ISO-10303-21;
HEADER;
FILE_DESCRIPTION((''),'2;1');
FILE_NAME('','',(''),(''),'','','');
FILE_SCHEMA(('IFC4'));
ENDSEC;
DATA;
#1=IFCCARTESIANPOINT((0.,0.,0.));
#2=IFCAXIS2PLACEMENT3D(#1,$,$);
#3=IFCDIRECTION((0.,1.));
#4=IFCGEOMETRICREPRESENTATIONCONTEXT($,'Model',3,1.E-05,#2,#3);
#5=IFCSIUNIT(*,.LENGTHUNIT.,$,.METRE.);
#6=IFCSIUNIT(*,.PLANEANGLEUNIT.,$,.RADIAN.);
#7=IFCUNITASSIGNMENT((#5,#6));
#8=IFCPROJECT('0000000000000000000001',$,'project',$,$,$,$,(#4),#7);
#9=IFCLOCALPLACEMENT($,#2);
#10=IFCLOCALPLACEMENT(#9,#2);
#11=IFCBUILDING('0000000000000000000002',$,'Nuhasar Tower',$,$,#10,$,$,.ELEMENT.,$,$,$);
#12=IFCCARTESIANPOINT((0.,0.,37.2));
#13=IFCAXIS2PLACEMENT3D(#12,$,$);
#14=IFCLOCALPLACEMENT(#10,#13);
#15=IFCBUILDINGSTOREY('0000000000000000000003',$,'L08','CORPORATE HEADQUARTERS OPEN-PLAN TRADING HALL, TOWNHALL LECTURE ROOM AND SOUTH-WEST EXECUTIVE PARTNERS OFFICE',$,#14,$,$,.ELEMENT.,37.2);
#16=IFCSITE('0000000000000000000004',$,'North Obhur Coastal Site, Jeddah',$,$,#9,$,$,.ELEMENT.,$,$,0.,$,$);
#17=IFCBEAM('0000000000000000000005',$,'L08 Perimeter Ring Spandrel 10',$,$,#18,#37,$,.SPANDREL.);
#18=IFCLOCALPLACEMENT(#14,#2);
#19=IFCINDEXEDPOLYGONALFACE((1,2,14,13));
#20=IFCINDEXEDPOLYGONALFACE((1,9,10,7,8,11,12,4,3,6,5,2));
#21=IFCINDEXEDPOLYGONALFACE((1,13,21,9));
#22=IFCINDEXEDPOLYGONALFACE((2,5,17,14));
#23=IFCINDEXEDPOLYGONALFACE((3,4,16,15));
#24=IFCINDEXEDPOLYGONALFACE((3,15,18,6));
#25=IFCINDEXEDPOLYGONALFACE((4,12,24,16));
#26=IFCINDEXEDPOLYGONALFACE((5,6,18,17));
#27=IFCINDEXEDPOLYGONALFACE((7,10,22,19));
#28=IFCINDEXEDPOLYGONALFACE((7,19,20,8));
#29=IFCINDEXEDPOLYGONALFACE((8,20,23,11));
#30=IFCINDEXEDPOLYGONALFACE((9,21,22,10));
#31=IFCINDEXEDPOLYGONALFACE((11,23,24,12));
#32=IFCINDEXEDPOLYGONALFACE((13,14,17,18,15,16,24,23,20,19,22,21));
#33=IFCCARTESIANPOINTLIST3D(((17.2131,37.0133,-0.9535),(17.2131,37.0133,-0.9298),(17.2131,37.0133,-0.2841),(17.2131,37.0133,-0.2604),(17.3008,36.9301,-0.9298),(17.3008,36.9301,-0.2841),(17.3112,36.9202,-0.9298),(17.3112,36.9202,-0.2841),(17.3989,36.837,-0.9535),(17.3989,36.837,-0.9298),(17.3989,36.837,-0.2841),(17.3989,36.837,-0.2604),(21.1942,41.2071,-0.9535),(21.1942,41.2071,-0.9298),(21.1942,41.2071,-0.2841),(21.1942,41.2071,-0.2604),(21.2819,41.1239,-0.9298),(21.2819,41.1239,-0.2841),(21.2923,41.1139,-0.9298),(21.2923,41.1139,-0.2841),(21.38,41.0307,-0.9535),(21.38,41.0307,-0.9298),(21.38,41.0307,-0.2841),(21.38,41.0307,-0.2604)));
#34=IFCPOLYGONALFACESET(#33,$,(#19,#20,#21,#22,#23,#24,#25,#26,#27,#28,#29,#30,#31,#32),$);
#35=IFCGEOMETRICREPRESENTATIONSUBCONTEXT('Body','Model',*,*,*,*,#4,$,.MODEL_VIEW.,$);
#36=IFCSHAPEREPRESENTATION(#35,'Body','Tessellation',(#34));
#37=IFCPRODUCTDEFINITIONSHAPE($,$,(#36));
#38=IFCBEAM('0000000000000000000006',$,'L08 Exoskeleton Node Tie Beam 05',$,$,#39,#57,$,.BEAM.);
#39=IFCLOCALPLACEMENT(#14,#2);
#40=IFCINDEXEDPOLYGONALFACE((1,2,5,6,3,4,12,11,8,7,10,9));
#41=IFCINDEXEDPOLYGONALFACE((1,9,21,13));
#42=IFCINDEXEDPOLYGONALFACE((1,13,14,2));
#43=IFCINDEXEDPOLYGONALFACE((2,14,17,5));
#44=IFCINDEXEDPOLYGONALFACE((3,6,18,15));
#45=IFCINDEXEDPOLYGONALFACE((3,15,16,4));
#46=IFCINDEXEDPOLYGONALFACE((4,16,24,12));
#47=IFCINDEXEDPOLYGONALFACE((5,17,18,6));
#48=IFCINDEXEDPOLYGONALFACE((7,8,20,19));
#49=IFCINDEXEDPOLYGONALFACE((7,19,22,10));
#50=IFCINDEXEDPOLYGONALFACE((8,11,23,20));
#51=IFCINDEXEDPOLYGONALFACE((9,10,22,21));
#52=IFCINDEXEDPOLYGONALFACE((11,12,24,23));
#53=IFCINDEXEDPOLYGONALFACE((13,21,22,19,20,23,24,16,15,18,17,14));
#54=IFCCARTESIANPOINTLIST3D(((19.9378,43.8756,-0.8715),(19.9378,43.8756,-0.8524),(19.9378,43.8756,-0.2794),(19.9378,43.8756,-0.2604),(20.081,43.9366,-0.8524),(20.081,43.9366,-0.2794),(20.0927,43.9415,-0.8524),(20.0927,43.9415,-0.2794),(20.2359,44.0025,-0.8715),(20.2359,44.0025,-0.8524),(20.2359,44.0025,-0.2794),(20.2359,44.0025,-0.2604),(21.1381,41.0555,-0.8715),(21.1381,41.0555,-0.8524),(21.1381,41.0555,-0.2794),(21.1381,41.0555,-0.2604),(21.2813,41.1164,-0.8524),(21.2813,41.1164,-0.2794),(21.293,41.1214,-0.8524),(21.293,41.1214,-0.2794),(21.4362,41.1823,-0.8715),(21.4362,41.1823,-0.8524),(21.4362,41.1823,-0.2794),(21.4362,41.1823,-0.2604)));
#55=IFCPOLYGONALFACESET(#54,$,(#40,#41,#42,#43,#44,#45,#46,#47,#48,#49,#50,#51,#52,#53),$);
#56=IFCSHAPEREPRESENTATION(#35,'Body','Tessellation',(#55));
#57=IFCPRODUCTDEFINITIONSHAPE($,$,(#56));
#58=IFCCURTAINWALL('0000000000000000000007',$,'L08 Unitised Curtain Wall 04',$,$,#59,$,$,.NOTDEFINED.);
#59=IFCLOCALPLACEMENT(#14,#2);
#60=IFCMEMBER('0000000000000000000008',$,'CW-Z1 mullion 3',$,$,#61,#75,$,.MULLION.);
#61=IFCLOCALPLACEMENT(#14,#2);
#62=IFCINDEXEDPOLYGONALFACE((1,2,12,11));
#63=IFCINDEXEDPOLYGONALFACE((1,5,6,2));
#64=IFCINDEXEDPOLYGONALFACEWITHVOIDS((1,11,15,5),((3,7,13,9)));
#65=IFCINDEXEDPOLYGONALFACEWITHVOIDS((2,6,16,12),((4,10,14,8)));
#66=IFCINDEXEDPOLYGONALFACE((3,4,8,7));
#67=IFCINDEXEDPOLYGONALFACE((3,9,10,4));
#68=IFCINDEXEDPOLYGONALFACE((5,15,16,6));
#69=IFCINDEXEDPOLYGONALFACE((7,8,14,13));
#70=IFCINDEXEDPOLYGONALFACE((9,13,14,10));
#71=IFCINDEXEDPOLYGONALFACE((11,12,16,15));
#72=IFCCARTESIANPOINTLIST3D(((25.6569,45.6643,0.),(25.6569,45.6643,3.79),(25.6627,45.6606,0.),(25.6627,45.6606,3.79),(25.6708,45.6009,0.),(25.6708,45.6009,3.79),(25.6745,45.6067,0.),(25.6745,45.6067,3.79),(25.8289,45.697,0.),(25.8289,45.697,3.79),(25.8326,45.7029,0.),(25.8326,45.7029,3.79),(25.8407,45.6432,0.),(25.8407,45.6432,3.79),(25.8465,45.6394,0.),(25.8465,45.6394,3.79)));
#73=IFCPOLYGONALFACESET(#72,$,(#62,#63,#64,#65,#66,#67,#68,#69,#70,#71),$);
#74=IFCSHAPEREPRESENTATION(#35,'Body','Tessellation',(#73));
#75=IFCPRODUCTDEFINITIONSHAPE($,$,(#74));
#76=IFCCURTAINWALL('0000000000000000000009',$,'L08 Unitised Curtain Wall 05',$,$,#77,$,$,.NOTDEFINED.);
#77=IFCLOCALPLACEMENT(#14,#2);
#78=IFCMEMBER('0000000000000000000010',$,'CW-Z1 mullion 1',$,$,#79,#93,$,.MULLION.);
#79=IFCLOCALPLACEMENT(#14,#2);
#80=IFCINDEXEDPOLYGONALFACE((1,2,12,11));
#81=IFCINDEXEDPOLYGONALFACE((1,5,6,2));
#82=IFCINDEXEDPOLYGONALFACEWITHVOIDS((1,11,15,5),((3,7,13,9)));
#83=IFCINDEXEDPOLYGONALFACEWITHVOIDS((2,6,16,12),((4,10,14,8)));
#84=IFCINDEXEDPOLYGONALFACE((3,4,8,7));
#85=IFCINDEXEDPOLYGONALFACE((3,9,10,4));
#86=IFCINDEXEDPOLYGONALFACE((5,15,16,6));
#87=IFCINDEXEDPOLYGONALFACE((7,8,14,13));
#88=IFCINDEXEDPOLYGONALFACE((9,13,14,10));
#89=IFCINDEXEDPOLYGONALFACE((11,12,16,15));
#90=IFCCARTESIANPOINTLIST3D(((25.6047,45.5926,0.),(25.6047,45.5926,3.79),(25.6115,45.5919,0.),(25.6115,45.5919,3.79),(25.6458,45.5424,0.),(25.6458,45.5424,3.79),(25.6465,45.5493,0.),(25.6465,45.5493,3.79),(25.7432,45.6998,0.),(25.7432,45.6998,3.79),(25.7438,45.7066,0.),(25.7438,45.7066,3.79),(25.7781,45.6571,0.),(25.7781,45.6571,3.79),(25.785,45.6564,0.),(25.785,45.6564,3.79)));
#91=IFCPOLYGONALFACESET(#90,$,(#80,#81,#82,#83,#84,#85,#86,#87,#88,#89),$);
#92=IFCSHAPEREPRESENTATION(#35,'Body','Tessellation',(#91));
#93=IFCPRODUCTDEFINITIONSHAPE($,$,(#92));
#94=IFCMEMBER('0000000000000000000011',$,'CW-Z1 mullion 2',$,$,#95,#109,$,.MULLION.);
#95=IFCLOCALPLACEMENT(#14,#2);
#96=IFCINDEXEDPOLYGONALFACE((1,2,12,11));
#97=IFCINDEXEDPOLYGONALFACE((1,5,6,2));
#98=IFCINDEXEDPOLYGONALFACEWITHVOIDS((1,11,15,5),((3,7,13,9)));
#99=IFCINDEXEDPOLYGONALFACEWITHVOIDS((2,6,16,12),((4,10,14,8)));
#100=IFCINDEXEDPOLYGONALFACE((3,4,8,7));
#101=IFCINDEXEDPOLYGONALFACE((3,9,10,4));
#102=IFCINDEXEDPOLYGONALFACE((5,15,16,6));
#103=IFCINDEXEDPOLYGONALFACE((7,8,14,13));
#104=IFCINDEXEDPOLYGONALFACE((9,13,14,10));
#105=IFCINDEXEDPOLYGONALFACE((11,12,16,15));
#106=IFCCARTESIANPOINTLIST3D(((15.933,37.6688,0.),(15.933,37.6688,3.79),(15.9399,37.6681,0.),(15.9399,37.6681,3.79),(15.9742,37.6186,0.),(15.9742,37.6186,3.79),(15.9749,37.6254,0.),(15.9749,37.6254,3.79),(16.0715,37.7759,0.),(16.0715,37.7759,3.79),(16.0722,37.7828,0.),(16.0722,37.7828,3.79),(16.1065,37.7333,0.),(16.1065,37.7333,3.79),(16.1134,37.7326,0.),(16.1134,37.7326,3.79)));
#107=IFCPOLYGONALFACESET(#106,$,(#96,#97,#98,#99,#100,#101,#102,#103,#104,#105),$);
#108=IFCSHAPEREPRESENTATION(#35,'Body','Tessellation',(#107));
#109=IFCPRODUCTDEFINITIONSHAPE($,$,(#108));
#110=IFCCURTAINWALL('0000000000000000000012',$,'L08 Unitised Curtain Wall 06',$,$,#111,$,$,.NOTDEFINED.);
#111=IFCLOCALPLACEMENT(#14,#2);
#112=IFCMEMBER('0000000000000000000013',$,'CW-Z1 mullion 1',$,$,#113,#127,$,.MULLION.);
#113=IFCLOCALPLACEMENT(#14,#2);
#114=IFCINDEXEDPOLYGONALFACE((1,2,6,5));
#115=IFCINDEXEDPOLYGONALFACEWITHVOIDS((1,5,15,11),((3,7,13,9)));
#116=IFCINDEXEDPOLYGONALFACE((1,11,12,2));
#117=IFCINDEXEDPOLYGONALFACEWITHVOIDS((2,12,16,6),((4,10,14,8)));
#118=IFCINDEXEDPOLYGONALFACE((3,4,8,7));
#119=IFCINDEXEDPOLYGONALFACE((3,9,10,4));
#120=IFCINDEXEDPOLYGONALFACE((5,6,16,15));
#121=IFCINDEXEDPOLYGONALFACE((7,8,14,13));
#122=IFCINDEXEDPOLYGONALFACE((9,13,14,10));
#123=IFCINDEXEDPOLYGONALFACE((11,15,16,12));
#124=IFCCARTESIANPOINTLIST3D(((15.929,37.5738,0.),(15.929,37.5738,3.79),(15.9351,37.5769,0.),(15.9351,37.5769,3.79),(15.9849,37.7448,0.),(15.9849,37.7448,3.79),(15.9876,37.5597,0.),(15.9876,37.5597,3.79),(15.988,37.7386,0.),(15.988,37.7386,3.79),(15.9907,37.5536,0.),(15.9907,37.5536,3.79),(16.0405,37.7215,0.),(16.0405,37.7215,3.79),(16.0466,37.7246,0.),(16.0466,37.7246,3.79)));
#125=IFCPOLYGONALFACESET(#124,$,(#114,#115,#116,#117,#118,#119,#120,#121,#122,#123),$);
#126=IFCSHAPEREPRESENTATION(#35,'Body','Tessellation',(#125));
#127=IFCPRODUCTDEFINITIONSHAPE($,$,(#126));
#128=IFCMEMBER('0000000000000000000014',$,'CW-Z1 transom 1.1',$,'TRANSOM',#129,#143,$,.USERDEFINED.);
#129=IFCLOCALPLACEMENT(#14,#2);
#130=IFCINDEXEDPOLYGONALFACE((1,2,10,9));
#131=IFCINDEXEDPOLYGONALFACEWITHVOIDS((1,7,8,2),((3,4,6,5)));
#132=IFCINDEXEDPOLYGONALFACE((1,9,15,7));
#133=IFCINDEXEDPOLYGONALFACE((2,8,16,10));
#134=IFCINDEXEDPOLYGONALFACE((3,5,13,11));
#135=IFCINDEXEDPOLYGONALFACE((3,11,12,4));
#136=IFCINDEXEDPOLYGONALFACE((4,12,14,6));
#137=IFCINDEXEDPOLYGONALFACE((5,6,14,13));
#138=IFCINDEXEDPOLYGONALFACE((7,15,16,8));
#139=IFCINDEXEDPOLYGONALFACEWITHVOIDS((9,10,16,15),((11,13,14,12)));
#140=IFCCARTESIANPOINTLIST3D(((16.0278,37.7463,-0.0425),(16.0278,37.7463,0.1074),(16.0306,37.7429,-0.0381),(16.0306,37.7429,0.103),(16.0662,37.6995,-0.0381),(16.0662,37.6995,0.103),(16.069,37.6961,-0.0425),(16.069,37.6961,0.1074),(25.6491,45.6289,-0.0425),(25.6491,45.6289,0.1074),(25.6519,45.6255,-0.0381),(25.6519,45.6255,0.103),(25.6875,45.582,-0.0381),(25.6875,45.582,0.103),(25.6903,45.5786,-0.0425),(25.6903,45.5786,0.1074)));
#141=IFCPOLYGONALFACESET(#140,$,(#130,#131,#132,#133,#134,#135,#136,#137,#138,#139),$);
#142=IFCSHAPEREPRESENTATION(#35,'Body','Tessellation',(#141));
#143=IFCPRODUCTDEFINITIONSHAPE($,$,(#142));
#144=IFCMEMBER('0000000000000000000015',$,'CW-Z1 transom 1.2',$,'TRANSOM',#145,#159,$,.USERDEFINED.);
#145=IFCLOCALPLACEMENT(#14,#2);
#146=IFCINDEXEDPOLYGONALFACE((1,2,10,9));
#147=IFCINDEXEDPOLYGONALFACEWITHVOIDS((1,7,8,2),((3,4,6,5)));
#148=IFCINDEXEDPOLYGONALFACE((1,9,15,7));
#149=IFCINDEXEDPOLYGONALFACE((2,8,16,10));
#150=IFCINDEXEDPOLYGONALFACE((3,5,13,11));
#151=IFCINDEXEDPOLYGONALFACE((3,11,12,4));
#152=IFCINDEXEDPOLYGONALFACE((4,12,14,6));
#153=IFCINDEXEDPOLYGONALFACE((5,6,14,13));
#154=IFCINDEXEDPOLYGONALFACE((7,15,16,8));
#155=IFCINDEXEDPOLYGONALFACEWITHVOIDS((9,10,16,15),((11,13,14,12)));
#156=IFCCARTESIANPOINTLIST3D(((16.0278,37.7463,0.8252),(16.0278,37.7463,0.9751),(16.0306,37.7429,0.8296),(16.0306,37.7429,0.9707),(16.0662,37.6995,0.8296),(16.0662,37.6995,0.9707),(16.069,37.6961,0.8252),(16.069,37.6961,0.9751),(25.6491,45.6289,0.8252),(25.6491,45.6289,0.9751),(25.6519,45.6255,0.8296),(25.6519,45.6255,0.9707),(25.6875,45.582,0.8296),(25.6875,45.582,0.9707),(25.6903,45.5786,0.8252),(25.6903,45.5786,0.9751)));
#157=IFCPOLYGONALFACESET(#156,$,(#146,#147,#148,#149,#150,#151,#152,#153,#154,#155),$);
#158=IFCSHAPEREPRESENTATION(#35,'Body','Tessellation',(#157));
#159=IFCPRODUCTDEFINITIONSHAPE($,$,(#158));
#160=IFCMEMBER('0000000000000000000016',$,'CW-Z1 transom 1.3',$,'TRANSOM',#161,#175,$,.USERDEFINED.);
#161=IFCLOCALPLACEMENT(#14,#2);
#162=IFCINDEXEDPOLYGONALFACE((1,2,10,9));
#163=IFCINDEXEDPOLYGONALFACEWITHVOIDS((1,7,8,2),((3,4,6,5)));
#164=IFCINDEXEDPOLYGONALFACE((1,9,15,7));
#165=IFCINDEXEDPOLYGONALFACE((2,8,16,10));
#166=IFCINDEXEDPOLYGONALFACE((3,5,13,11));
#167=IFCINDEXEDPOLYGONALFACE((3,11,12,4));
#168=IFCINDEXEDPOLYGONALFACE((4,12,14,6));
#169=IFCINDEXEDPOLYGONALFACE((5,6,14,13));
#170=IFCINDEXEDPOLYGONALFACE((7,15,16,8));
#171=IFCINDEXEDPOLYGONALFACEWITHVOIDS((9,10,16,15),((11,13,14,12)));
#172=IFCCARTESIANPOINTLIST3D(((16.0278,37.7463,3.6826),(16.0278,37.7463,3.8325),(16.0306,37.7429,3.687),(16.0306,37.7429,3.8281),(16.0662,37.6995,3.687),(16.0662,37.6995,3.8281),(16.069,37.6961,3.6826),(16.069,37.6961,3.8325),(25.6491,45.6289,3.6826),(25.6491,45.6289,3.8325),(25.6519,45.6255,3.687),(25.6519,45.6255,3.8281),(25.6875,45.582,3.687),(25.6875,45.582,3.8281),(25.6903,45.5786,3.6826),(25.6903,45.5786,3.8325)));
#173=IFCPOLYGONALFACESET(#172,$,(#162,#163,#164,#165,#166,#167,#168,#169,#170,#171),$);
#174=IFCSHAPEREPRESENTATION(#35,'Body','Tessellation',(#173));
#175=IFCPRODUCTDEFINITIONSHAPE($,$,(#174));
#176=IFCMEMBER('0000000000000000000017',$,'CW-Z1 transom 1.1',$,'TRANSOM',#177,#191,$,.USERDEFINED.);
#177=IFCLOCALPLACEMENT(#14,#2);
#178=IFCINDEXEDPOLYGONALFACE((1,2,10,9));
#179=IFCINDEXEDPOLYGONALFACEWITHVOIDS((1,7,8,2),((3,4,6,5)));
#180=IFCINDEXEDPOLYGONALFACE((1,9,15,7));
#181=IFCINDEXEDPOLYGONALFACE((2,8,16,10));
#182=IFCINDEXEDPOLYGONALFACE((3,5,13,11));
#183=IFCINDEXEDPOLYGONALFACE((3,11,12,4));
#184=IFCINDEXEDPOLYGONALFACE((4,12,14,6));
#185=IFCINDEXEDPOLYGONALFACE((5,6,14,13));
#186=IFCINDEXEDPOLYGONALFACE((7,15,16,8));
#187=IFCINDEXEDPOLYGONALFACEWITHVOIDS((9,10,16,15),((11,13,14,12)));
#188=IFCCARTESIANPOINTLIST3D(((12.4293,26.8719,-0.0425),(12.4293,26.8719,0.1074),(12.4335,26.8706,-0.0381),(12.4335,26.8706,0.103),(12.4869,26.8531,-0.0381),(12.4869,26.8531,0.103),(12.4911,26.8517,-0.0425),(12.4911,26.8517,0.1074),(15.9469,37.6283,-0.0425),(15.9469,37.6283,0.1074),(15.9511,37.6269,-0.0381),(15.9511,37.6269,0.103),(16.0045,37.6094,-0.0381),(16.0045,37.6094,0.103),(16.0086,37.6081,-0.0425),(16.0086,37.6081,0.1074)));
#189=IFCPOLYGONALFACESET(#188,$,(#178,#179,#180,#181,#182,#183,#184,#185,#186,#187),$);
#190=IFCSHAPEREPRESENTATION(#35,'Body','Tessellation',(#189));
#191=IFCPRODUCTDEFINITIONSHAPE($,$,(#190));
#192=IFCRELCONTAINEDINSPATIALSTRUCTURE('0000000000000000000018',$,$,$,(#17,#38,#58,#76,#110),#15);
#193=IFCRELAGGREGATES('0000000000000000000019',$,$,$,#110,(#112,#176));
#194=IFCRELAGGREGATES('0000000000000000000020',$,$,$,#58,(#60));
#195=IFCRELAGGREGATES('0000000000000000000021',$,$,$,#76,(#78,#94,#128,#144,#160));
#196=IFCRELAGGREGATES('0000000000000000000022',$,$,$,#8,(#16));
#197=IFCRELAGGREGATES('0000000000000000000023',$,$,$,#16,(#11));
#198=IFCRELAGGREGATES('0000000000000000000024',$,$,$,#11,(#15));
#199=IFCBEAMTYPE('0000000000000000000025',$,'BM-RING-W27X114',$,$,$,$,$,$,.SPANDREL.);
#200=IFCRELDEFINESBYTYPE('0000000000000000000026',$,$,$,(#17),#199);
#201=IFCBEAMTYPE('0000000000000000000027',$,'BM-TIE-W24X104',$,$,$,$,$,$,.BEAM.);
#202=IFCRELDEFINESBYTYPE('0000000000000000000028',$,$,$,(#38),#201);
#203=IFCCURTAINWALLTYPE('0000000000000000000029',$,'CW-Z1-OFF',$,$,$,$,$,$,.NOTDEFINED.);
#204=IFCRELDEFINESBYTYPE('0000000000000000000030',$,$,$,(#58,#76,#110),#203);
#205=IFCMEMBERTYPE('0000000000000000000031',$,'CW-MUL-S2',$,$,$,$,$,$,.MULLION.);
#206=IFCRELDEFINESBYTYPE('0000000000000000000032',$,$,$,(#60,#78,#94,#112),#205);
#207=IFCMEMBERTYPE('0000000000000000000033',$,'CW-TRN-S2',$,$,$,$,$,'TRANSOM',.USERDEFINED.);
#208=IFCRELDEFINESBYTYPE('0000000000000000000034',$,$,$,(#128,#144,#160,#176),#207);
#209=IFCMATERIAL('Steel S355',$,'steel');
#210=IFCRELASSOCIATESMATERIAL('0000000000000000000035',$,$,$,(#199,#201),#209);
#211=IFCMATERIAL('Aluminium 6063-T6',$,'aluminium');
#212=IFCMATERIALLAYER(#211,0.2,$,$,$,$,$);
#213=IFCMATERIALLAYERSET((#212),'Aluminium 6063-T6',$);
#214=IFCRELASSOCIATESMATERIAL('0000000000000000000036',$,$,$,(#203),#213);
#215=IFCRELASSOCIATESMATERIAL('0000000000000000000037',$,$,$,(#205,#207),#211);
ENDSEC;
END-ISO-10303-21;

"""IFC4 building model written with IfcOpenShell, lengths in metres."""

from ifc_helpers import new_model, si_unit, direction, frame, origin, origin_2d, place, context, subcontext, project, spatial, hollow_rectangle, i_section, extrude, material, layer, layer_set, material_profile, profile_set, type_object, element, aggregate, save


model = new_model("IFC4")

# Units and contexts
model_context = context("Model", 3, precision=1e-05, world=origin(), true_north=direction((0.0, 1.0)))
body_context = subcontext(model_context, "Body", "Model", "MODEL_VIEW")
ifc_project = project(units=[si_unit("LENGTHUNIT", "METRE"), si_unit("PLANEANGLEUNIT", "RADIAN")], contexts=[model_context])

# Site, building, storey
site_placement = place(None, origin())
site = spatial("IfcSite", under=ifc_project, at=site_placement, Name="North Obhur Coastal Site, Jeddah", CompositionType="ELEMENT", RefElevation=0.0)
building_placement = place(site_placement, origin())
building = spatial("IfcBuilding", under=site, at=building_placement, Name="Nuhasar Tower", CompositionType="ELEMENT")
storey_placement = place(building_placement, frame((0.0, 0.0, 37.2)))
storey = spatial("IfcBuildingStorey", under=building, at=storey_placement, Name="L08", Description="CORPORATE HEADQUARTERS OPEN-PLAN TRADING HALL, TOWNHALL LECTURE ROOM AND SOUTH-WEST EXECUTIVE PARTNERS OFFICE", CompositionType="ELEMENT", Elevation=37.2)

# Beams
ifc_material_1 = material(Name="Steel S355", Category="steel")
ifc_material_profile_1 = material_profile(ifc_material_1, i_section(OverallWidth=0.2561, OverallDepth=0.6931, WebThickness=0.0144, FlangeThickness=0.0237, at=origin_2d()), Name="W27X114")
ifc_profile_set_1 = profile_set([ifc_material_profile_1], Name="Steel S355")
beam_type_1 = type_object("IfcBeamType", Name="BM-RING-W27X114", PredefinedType="SPANDREL", material=ifc_profile_set_1)
beam_1_placement = place(storey_placement, frame((21.2871, 41.1189, -0.6069), z_axis=(-0.688481, -0.725254, 0.0), x_axis=(0.725254, -0.688481, 0.0)))
element("IfcBeam", 1, at=beam_1_placement, inside=storey, type_object=beam_type_1, Name="L08 Perimeter Ring Spandrel 10", PredefinedType="SPANDREL", context=body_context, shape_type="SweptSolid", body=[
    extrude(i_section(OverallWidth=0.2561, OverallDepth=0.6931, WebThickness=0.0144, FlangeThickness=0.0237, at=origin_2d()), origin(), (0.0, 0.0, 1.0), 5.7825),
])
ifc_material_profile_2 = material_profile(ifc_material_1, i_section(OverallWidth=0.324, OverallDepth=0.6111, WebThickness=0.0127, FlangeThickness=0.019, at=origin_2d()), Name="W24X104")
ifc_profile_set_2 = profile_set([ifc_material_profile_2], Name="Steel S355")
beam_type_2 = type_object("IfcBeamType", Name="BM-TIE-W24X104", PredefinedType="BEAM", material=ifc_profile_set_2)
beam_2_placement = place(storey_placement, frame((21.2871, 41.1189, -0.5659), z_axis=(-0.391601, 0.920135, 0.0), x_axis=(-0.920135, -0.391601, 0.0)))
element("IfcBeam", 2, at=beam_2_placement, inside=storey, type_object=beam_type_2, Name="L08 Exoskeleton Node Tie Beam 05", PredefinedType="BEAM", context=body_context, shape_type="SweptSolid", body=[
    extrude(i_section(OverallWidth=0.324, OverallDepth=0.6111, WebThickness=0.0127, FlangeThickness=0.019, at=origin_2d()), origin(), (0.0, 0.0, 1.0), 3.0649),
])

# Curtain wall, member
ifc_material_2 = material(Name="Aluminium 6063-T6", Category="aluminium")
ifc_layer_1 = layer(ifc_material_2, 0.2)
ifc_layer_set_1 = layer_set([ifc_layer_1], Name="Aluminium 6063-T6")
curtain_wall_type = type_object("IfcCurtainWallType", Name="CW-Z1-OFF", PredefinedType="NOTDEFINED", material=ifc_layer_set_1)
curtain_wall_1_placement = place(storey_placement, origin())
curtain_wall_1 = element("IfcCurtainWall", 3, at=curtain_wall_1_placement, inside=storey, type_object=curtain_wall_type, Name="L08 Unitised Curtain Wall 04", PredefinedType="NOTDEFINED")
ifc_material_profile_3 = material_profile(ifc_material_2, hollow_rectangle(XDim=0.0649, YDim=0.1799, WallThickness=0.0049, at=origin_2d()), Name="CWM-2")
ifc_profile_set_3 = profile_set([ifc_material_profile_3], Name="Aluminium 6063-T6")
member_type_1 = type_object("IfcMemberType", Name="CW-MUL-S2", PredefinedType="MULLION", material=ifc_profile_set_3)
member_1_placement = place(storey_placement, frame((25.7517, 45.6519, 0.0), z_axis=(0.0, 0.0, 1.0), x_axis=(0.214399, -0.976746, 0.0)))
member_1 = element("IfcMember", 4, at=member_1_placement, type_object=member_type_1, Name="CW-Z1 mullion 3", PredefinedType="MULLION", context=body_context, shape_type="SweptSolid", body=[
    extrude(hollow_rectangle(XDim=0.0649, YDim=0.1799, WallThickness=0.0049, at=origin_2d()), origin(), (0.0, 0.0, 1.0), 3.79),
])

# Curtain wall, members
curtain_wall_2_placement = place(storey_placement, origin())
curtain_wall_2 = element("IfcCurtainWall", 5, at=curtain_wall_2_placement, inside=storey, type_object=curtain_wall_type, Name="L08 Unitised Curtain Wall 05", PredefinedType="NOTDEFINED")
member_2_placement = place(storey_placement, frame((25.6948, 45.6245, 0.0), z_axis=(0.0, 0.0, 1.0), x_axis=(0.633745, -0.773542, 0.0)))
member_2 = element("IfcMember", 6, at=member_2_placement, type_object=member_type_1, Name="CW-Z1 mullion 1", PredefinedType="MULLION", context=body_context, shape_type="SweptSolid", body=[
    extrude(hollow_rectangle(XDim=0.0649, YDim=0.1799, WallThickness=0.0049, at=origin_2d()), origin(), (0.0, 0.0, 1.0), 3.79),
])
member_3_placement = place(storey_placement, frame((16.0232, 37.7007, 0.0), z_axis=(0.0, 0.0, 1.0), x_axis=(0.633745, -0.773542, 0.0)))
member_3 = element("IfcMember", 7, at=member_3_placement, type_object=member_type_1, Name="CW-Z1 mullion 2", PredefinedType="MULLION", context=body_context, shape_type="SweptSolid", body=[
    extrude(hollow_rectangle(XDim=0.0649, YDim=0.1799, WallThickness=0.0049, at=origin_2d()), origin(), (0.0, 0.0, 1.0), 3.79),
])

# Curtain wall, member
curtain_wall_3_placement = place(storey_placement, origin())
curtain_wall_3 = element("IfcCurtainWall", 8, at=curtain_wall_3_placement, inside=storey, type_object=curtain_wall_type, Name="L08 Unitised Curtain Wall 06", PredefinedType="NOTDEFINED")
member_4_placement = place(storey_placement, frame((15.9878, 37.6492, 0.0), z_axis=(0.0, 0.0, 1.0), x_axis=(0.950468, -0.310824, 0.0)))
member_4 = element("IfcMember", 9, at=member_4_placement, type_object=member_type_1, Name="CW-Z1 mullion 1", PredefinedType="MULLION", context=body_context, shape_type="SweptSolid", body=[
    extrude(hollow_rectangle(XDim=0.0649, YDim=0.1799, WallThickness=0.0049, at=origin_2d()), origin(), (0.0, 0.0, 1.0), 3.79),
])

# Members
ifc_material_profile_4 = material_profile(ifc_material_2, hollow_rectangle(XDim=0.0649, YDim=0.1499, WallThickness=0.0044, at=origin_2d()), Name="CWT-2")
ifc_profile_set_4 = profile_set([ifc_material_profile_4], Name="Aluminium 6063-T6")
member_type_2 = type_object("IfcMemberType", Name="CW-TRN-S2", ElementType="TRANSOM", PredefinedType="USERDEFINED", material=ifc_profile_set_4)
member_5_placement = place(storey_placement, frame((25.6697, 45.6038, 0.0325), z_axis=(-0.773541, -0.633746, 0.0), x_axis=(0.633746, -0.773541, 0.0)))
member_5 = element("IfcMember", 10, at=member_5_placement, type_object=member_type_2, Name="CW-Z1 transom 1.1", ObjectType="TRANSOM", PredefinedType="USERDEFINED", context=body_context, shape_type="SweptSolid", body=[
    extrude(hollow_rectangle(XDim=0.0649, YDim=0.1499, WallThickness=0.0044, at=origin_2d()), origin(), (0.0, 0.0, 1.0), 12.438),
])
member_6_placement = place(storey_placement, frame((25.6697, 45.6038, 0.9001), z_axis=(-0.773541, -0.633746, 0.0), x_axis=(0.633746, -0.773541, 0.0)))
member_6 = element("IfcMember", 11, at=member_6_placement, type_object=member_type_2, Name="CW-Z1 transom 1.2", ObjectType="TRANSOM", PredefinedType="USERDEFINED", context=body_context, shape_type="SweptSolid", body=[
    extrude(hollow_rectangle(XDim=0.0649, YDim=0.1499, WallThickness=0.0044, at=origin_2d()), origin(), (0.0, 0.0, 1.0), 12.438),
])
member_7_placement = place(storey_placement, frame((25.6697, 45.6038, 3.7576), z_axis=(-0.773541, -0.633746, 0.0), x_axis=(0.633746, -0.773541, 0.0)))
member_7 = element("IfcMember", 12, at=member_7_placement, type_object=member_type_2, Name="CW-Z1 transom 1.3", ObjectType="TRANSOM", PredefinedType="USERDEFINED", context=body_context, shape_type="SweptSolid", body=[
    extrude(hollow_rectangle(XDim=0.0649, YDim=0.1499, WallThickness=0.0044, at=origin_2d()), origin(), (0.0, 0.0, 1.0), 12.438),
])
member_8_placement = place(storey_placement, frame((15.9778, 37.6182, 0.0325), z_axis=(-0.310825, -0.950467, 0.0), x_axis=(0.950467, -0.310825, 0.0)))
member_8 = element("IfcMember", 13, at=member_8_placement, type_object=member_type_2, Name="CW-Z1 transom 1.1", ObjectType="TRANSOM", PredefinedType="USERDEFINED", context=body_context, shape_type="SweptSolid", body=[
    extrude(hollow_rectangle(XDim=0.0649, YDim=0.1499, WallThickness=0.0044, at=origin_2d()), origin(), (0.0, 0.0, 1.0), 11.3169),
])
aggregate(curtain_wall_3, [member_4, member_8])

aggregate(curtain_wall_1, [member_1])
aggregate(curtain_wall_2, [member_2, member_3, member_5, member_6, member_7])

save(model, "model.ifc")
